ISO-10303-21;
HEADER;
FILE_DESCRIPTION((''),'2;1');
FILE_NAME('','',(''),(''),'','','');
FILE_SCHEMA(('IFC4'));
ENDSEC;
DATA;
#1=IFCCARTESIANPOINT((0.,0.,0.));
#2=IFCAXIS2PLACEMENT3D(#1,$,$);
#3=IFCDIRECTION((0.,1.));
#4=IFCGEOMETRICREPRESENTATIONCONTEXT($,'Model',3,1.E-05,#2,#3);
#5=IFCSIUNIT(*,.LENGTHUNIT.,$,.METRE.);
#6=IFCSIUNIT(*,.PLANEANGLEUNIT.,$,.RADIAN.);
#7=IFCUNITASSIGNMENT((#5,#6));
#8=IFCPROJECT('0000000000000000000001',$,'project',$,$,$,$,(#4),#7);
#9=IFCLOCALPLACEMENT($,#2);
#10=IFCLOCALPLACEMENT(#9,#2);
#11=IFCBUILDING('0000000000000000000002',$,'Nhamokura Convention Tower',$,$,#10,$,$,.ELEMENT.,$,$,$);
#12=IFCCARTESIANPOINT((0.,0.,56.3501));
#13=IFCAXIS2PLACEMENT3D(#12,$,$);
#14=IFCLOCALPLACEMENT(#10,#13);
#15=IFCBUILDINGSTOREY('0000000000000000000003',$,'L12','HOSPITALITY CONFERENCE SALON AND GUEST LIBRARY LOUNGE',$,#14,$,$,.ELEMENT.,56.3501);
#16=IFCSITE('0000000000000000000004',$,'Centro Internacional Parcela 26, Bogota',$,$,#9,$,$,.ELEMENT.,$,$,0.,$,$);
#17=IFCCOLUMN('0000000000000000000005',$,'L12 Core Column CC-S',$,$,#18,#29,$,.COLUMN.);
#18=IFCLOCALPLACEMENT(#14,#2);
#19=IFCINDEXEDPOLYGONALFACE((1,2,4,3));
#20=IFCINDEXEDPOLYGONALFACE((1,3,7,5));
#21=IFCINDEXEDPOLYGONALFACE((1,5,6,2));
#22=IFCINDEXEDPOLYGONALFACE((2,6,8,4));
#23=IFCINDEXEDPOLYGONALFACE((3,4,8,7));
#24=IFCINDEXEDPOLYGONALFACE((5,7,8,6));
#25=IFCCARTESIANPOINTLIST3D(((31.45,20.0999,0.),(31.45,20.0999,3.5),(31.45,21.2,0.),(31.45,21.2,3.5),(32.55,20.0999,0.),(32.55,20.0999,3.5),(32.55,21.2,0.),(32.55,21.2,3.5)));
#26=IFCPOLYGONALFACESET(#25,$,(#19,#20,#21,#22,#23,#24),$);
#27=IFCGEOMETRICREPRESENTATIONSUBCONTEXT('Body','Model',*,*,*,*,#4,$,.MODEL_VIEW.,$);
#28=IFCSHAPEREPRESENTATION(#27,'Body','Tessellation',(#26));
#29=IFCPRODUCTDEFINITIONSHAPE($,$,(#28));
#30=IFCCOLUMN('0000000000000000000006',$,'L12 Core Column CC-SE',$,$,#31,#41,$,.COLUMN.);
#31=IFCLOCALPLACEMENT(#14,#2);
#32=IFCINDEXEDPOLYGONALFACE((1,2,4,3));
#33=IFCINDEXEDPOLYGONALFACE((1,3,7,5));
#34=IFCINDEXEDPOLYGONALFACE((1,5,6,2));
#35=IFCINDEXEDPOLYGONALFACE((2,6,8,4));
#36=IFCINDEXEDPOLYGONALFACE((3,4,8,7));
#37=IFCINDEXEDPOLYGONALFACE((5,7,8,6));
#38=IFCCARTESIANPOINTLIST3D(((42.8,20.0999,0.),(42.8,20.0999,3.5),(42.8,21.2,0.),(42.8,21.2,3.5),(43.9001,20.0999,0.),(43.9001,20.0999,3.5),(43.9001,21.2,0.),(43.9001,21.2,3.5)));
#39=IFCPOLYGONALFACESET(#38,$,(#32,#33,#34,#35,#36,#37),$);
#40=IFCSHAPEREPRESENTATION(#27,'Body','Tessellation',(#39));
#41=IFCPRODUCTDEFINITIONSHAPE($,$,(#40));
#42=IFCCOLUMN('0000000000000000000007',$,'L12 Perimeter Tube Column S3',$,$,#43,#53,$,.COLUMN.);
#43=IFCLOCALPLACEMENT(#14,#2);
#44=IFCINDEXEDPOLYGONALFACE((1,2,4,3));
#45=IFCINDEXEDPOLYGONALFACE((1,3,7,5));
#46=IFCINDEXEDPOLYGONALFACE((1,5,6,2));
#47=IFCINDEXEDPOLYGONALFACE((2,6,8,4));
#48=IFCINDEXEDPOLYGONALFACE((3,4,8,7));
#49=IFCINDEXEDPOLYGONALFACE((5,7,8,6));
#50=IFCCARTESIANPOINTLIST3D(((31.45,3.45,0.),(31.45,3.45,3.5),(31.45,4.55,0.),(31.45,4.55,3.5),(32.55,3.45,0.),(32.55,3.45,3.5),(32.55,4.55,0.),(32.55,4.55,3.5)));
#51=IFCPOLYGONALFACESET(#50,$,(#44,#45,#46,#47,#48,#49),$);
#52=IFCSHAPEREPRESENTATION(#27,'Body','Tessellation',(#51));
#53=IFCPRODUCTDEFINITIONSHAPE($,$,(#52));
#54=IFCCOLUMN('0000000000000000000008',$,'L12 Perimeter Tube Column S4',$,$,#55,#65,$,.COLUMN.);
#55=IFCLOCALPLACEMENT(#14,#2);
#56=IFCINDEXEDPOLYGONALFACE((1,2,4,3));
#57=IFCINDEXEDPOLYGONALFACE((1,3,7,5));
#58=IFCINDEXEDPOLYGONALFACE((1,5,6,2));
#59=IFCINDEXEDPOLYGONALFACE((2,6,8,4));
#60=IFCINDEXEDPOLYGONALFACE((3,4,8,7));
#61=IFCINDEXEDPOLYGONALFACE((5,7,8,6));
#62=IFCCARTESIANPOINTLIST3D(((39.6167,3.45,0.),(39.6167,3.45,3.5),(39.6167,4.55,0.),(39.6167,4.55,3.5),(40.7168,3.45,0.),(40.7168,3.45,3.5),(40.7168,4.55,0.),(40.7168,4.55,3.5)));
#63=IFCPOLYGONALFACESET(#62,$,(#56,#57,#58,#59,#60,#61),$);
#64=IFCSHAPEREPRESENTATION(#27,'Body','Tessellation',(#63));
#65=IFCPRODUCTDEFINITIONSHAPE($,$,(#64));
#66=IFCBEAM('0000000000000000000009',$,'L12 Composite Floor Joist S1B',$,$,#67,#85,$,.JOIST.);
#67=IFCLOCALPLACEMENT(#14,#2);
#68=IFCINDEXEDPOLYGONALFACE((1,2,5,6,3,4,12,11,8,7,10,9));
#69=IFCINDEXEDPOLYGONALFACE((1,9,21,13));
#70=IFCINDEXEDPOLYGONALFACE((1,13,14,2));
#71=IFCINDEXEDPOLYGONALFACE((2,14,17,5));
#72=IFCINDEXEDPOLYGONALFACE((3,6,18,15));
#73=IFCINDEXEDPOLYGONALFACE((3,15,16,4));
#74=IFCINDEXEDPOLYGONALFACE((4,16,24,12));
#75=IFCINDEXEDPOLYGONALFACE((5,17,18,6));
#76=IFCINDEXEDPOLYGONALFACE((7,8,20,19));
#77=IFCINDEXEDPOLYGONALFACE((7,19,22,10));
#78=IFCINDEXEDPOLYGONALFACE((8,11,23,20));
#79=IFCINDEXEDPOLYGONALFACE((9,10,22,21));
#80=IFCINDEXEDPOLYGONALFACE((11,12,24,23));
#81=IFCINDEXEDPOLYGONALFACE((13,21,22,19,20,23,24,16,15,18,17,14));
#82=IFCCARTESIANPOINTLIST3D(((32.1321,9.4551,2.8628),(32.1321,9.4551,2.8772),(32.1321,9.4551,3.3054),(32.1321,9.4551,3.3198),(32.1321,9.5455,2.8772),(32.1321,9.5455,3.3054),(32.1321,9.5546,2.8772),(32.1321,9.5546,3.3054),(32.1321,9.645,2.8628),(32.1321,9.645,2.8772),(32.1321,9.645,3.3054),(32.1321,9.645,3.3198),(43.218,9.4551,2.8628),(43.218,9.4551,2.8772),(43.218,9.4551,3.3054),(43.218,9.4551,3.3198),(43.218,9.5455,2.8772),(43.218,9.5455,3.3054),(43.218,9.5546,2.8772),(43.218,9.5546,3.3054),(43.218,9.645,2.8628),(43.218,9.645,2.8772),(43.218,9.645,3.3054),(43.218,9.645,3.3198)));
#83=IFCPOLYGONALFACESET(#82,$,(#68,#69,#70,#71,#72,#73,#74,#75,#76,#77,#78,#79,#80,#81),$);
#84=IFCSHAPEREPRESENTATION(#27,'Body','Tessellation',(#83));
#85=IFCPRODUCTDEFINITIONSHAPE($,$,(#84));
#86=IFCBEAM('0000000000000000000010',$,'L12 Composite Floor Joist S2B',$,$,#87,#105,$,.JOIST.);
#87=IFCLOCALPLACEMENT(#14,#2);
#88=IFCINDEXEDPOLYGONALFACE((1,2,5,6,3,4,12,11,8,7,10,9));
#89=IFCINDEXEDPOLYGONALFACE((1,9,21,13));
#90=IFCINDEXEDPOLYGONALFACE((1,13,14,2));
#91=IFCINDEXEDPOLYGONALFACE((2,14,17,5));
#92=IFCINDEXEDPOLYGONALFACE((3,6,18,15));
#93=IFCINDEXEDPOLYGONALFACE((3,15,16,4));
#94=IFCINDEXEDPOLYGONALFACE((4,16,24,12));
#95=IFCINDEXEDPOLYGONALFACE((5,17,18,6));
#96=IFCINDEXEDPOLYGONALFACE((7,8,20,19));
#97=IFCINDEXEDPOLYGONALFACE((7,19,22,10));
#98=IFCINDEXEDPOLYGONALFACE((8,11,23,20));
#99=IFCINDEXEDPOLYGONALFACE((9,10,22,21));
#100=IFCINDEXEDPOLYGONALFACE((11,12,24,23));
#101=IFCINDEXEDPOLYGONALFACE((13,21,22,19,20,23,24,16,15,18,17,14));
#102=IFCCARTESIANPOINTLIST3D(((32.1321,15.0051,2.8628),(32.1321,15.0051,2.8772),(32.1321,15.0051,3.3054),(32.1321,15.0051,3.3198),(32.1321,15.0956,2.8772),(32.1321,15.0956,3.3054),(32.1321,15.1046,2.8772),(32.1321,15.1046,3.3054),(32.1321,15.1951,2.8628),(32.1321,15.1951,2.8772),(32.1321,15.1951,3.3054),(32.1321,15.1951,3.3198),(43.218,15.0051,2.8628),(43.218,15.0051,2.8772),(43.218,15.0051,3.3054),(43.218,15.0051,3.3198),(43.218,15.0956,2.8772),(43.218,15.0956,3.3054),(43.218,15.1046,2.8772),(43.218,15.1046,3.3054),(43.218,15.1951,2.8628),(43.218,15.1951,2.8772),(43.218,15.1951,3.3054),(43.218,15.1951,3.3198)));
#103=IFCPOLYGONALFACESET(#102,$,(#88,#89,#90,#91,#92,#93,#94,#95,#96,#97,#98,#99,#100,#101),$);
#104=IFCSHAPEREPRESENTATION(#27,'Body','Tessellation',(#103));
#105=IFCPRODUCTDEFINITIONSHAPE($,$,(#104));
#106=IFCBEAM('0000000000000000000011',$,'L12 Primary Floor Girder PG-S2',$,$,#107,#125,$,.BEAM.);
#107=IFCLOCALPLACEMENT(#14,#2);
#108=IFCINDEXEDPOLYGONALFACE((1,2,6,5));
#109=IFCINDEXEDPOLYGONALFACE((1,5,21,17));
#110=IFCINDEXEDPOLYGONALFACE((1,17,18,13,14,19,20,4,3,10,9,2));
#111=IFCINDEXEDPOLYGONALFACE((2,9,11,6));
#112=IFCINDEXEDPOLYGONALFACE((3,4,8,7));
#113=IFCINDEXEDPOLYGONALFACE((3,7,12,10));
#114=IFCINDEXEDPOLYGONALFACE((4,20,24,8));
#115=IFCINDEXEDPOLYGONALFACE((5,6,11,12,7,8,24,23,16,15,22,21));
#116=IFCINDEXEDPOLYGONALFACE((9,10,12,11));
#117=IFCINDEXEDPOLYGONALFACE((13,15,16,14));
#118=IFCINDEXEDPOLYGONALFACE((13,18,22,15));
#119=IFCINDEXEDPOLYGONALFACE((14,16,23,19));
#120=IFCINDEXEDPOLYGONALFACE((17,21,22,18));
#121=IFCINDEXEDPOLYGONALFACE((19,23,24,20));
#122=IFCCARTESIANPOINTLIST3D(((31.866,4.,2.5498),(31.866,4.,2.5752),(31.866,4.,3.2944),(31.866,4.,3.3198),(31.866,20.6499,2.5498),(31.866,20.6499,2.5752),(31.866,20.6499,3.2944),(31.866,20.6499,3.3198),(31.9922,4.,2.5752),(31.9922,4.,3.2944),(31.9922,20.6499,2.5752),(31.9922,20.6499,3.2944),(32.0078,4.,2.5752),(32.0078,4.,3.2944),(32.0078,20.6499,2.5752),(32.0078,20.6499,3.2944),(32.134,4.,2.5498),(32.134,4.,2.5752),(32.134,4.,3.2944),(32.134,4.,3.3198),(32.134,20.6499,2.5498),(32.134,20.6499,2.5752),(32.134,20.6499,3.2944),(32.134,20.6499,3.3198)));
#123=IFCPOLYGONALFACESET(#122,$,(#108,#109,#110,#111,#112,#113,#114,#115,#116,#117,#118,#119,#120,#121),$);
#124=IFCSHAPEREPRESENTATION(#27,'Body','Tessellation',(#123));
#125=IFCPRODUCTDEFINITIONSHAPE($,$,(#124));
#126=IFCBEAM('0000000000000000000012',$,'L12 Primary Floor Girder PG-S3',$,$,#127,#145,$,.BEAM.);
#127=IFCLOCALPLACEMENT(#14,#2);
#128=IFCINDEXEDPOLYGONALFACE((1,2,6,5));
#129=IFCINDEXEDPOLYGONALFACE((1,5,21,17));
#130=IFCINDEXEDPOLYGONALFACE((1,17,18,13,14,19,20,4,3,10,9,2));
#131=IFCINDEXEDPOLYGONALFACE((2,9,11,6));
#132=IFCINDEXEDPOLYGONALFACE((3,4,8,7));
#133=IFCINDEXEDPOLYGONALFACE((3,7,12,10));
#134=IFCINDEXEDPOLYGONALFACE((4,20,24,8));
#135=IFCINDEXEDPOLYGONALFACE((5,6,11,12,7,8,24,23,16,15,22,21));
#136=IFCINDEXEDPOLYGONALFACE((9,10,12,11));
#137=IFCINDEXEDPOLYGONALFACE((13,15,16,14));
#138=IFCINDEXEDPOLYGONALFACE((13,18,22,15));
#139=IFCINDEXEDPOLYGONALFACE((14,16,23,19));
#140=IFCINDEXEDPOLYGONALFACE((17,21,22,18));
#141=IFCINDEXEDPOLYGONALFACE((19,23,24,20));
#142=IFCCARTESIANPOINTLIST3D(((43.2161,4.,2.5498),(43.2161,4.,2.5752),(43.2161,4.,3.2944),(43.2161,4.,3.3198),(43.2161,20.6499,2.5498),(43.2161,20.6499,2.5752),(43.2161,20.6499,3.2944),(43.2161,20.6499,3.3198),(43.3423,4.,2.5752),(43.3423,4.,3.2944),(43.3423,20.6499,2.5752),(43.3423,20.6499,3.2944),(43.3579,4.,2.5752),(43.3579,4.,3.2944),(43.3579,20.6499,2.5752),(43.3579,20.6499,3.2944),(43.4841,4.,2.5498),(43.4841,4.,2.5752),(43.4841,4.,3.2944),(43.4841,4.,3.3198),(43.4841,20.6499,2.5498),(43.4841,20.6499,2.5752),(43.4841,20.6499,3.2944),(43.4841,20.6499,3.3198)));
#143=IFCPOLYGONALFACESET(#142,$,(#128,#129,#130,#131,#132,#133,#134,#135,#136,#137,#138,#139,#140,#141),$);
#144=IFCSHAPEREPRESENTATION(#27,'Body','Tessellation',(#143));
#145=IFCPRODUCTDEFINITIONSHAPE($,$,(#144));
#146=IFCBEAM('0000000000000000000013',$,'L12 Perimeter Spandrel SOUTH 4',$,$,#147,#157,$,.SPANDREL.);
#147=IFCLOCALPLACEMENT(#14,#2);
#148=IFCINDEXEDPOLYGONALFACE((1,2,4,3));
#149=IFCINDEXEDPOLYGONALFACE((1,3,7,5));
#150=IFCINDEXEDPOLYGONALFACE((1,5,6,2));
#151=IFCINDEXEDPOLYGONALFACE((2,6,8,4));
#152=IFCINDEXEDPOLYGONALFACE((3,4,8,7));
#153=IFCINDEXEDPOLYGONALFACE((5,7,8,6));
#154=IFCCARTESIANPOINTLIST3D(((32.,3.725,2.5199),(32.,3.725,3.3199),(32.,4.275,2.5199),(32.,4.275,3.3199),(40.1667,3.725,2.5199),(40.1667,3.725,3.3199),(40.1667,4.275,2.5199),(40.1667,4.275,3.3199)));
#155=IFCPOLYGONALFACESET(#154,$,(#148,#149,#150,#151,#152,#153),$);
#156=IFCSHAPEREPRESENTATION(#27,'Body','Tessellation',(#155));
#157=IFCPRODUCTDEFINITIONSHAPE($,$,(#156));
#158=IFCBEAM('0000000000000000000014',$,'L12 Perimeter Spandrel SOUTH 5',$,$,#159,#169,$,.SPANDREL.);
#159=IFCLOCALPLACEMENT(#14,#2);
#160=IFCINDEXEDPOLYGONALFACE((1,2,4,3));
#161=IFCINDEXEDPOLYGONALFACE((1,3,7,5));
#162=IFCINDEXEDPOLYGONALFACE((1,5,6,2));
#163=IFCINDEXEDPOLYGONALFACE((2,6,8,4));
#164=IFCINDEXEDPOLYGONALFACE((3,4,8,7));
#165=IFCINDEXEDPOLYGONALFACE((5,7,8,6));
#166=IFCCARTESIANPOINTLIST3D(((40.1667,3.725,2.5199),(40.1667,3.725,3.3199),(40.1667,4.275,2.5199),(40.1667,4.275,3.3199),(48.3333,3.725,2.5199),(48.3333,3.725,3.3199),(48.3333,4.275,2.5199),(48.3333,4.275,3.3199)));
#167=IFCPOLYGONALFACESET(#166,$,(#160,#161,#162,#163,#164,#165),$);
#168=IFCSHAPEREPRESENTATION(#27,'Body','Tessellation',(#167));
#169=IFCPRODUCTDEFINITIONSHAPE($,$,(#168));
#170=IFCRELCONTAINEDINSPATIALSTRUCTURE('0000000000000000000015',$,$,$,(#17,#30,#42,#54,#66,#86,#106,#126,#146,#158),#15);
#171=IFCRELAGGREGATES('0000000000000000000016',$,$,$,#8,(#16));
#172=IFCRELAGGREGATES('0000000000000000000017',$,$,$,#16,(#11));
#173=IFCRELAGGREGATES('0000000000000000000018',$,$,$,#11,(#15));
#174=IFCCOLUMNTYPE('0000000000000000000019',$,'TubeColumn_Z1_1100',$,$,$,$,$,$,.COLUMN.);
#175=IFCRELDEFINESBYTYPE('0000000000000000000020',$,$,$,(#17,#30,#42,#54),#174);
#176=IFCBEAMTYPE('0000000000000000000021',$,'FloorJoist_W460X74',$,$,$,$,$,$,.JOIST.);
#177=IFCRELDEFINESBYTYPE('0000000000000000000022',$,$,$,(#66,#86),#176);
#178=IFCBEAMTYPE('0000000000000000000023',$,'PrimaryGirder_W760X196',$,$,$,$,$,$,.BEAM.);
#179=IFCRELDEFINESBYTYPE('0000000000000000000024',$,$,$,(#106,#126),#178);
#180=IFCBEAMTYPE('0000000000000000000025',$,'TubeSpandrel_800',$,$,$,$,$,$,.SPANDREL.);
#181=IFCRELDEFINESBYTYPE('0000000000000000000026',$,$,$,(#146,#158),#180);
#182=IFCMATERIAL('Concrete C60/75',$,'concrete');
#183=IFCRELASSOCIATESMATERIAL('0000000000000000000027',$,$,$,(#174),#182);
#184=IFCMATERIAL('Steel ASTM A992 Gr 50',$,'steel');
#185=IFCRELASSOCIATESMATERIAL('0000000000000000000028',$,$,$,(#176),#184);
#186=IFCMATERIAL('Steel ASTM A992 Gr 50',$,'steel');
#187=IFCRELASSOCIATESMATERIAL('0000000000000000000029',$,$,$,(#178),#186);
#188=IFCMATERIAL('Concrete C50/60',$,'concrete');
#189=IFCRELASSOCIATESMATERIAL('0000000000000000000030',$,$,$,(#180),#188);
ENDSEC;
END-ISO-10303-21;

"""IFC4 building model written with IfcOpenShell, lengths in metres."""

from ifc_helpers import new_model, si_unit, direction, frame, origin, origin_2d, place, context, subcontext, project, spatial, rectangle, i_section, extrude, material, material_profile, profile_set, type_object, element, save


model = new_model("IFC4")

# Units and contexts
model_context = context("Model", 3, precision=1e-05, world=origin(), true_north=direction((0.0, 1.0)))
body_context = subcontext(model_context, "Body", "Model", "MODEL_VIEW")
ifc_project = project(units=[si_unit("LENGTHUNIT", "METRE"), si_unit("PLANEANGLEUNIT", "RADIAN")], contexts=[model_context])

# Site, building, storey
site_placement = place(None, origin())
site = spatial("IfcSite", under=ifc_project, at=site_placement, Name="Centro Internacional Parcela 26, Bogota", CompositionType="ELEMENT", RefElevation=0.0)
building_placement = place(site_placement, origin())
building = spatial("IfcBuilding", under=site, at=building_placement, Name="Nhamokura Convention Tower", CompositionType="ELEMENT")
storey_placement = place(building_placement, frame((0.0, 0.0, 56.3501)))
storey = spatial("IfcBuildingStorey", under=building, at=storey_placement, Name="L12", Description="HOSPITALITY CONFERENCE SALON AND GUEST LIBRARY LOUNGE", CompositionType="ELEMENT", Elevation=56.3501)

# Columns
ifc_material_1 = material(Name="Concrete C60/75", Category="concrete")
ifc_material_profile_1 = material_profile(ifc_material_1, rectangle(XDim=1.1001, YDim=1.1001, at=origin_2d()))
ifc_profile_set_1 = profile_set([ifc_material_profile_1], Name="Concrete C60/75")
column_type = type_object("IfcColumnType", Name="TubeColumn_Z1_1100", PredefinedType="COLUMN", material=ifc_profile_set_1)
for number, where, z_axis, x_axis, name in (
    (1, (32.0, 20.6499, 0.0), (0.0, 0.0, 1.0), (1.0, 0.0, 0.0), "L12 Core Column CC-S"),
    (2, (43.3501, 20.6499, 0.0), (0.0, 0.0, 1.0), (1.0, 0.0, 0.0), "L12 Core Column CC-SE"),
    (3, (32.0, 4.0, 0.0), (0.0, 0.0, 1.0), (1.0, 0.0, 0.0), "L12 Perimeter Tube Column S3"),
    (4, (40.1667, 4.0, 0.0), (0.0, 0.0, 1.0), (1.0, 0.0, 0.0), "L12 Perimeter Tube Column S4"),
):
    element("IfcColumn", number, at=place(storey_placement, frame(where, z_axis=z_axis, x_axis=x_axis)), inside=storey, type_object=column_type, Name=name, PredefinedType="COLUMN", context=body_context, shape_type="SweptSolid", body=[
        extrude(rectangle(XDim=1.1001, YDim=1.1001, at=origin_2d()), origin(), (0.0, 0.0, 1.0), 3.5),
    ])

# Beams
ifc_material_2 = material(Name="Steel ASTM A992 Gr 50", Category="steel")
ifc_material_profile_2 = material_profile(ifc_material_2, i_section(OverallWidth=0.1899, OverallDepth=0.457, WebThickness=0.009, FlangeThickness=0.0144, at=origin_2d()))
ifc_profile_set_2 = profile_set([ifc_material_profile_2], Name="Steel ASTM A992 Gr 50")
beam_type_1 = type_object("IfcBeamType", Name="FloorJoist_W460X74", PredefinedType="JOIST", material=ifc_profile_set_2)
for number, where, z_axis, x_axis, name in (
    (5, (32.1321, 9.55, 3.0913), (1.0, 0.0, 0.0), (0.0, 1.0, 0.0), "L12 Composite Floor Joist S1B"),
    (6, (32.1321, 15.1001, 3.0913), (1.0, 0.0, 0.0), (0.0, 1.0, 0.0), "L12 Composite Floor Joist S2B"),
):
    element("IfcBeam", number, at=place(storey_placement, frame(where, z_axis=z_axis, x_axis=x_axis)), inside=storey, type_object=beam_type_1, Name=name, PredefinedType="JOIST", context=body_context, shape_type="SweptSolid", body=[
        extrude(i_section(OverallWidth=0.1899, OverallDepth=0.457, WebThickness=0.009, FlangeThickness=0.0144, at=origin_2d()), origin(), (0.0, 0.0, 1.0), 11.0859),
    ])
ifc_material_3 = material(Name="Steel ASTM A992 Gr 50", Category="steel")
ifc_material_profile_3 = material_profile(ifc_material_3, i_section(OverallWidth=0.2681, OverallDepth=0.77, WebThickness=0.0156, FlangeThickness=0.0254, at=origin_2d()))
ifc_profile_set_3 = profile_set([ifc_material_profile_3], Name="Steel ASTM A992 Gr 50")
beam_type_2 = type_object("IfcBeamType", Name="PrimaryGirder_W760X196", PredefinedType="BEAM", material=ifc_profile_set_3)
for number, where, z_axis, x_axis, name in (
    (7, (32.0, 4.0, 2.9348), (0.0, 1.0, 0.0), (-1.0, 0.0, 0.0), "L12 Primary Floor Girder PG-S2"),
    (8, (43.3501, 4.0, 2.9348), (0.0, 1.0, 0.0), (-1.0, 0.0, 0.0), "L12 Primary Floor Girder PG-S3"),
):
    element("IfcBeam", number, at=place(storey_placement, frame(where, z_axis=z_axis, x_axis=x_axis)), inside=storey, type_object=beam_type_2, Name=name, PredefinedType="BEAM", context=body_context, shape_type="SweptSolid", body=[
        extrude(i_section(OverallWidth=0.2681, OverallDepth=0.77, WebThickness=0.0156, FlangeThickness=0.0254, at=origin_2d()), origin(), (0.0, 0.0, 1.0), 16.6499),
    ])
ifc_material_4 = material(Name="Concrete C50/60", Category="concrete")
ifc_material_profile_4 = material_profile(ifc_material_4, rectangle(XDim=0.55, YDim=0.8, at=origin_2d()))
ifc_profile_set_4 = profile_set([ifc_material_profile_4], Name="Concrete C50/60")
beam_type_3 = type_object("IfcBeamType", Name="TubeSpandrel_800", PredefinedType="SPANDREL", material=ifc_profile_set_4)
beam_1_placement = place(storey_placement, frame((32.0, 4.0, 2.9199), z_axis=(1.0, 0.0, 0.0), x_axis=(0.0, 1.0, 0.0)))
element("IfcBeam", 9, at=beam_1_placement, inside=storey, type_object=beam_type_3, Name="L12 Perimeter Spandrel SOUTH 4", PredefinedType="SPANDREL", context=body_context, shape_type="SweptSolid", body=[
    extrude(rectangle(XDim=0.55, YDim=0.8, at=origin_2d()), origin(), (0.0, 0.0, 1.0), 8.1667),
])
beam_2_placement = place(storey_placement, frame((40.1667, 4.0, 2.9199), z_axis=(1.0, 0.0, 0.0), x_axis=(0.0, 1.0, 0.0)))
element("IfcBeam", 10, at=beam_2_placement, inside=storey, type_object=beam_type_3, Name="L12 Perimeter Spandrel SOUTH 5", PredefinedType="SPANDREL", context=body_context, shape_type="SweptSolid", body=[
    extrude(rectangle(XDim=0.55, YDim=0.8, at=origin_2d()), origin(), (0.0, 0.0, 1.0), 8.1665),
])

save(model, "model.ifc")
